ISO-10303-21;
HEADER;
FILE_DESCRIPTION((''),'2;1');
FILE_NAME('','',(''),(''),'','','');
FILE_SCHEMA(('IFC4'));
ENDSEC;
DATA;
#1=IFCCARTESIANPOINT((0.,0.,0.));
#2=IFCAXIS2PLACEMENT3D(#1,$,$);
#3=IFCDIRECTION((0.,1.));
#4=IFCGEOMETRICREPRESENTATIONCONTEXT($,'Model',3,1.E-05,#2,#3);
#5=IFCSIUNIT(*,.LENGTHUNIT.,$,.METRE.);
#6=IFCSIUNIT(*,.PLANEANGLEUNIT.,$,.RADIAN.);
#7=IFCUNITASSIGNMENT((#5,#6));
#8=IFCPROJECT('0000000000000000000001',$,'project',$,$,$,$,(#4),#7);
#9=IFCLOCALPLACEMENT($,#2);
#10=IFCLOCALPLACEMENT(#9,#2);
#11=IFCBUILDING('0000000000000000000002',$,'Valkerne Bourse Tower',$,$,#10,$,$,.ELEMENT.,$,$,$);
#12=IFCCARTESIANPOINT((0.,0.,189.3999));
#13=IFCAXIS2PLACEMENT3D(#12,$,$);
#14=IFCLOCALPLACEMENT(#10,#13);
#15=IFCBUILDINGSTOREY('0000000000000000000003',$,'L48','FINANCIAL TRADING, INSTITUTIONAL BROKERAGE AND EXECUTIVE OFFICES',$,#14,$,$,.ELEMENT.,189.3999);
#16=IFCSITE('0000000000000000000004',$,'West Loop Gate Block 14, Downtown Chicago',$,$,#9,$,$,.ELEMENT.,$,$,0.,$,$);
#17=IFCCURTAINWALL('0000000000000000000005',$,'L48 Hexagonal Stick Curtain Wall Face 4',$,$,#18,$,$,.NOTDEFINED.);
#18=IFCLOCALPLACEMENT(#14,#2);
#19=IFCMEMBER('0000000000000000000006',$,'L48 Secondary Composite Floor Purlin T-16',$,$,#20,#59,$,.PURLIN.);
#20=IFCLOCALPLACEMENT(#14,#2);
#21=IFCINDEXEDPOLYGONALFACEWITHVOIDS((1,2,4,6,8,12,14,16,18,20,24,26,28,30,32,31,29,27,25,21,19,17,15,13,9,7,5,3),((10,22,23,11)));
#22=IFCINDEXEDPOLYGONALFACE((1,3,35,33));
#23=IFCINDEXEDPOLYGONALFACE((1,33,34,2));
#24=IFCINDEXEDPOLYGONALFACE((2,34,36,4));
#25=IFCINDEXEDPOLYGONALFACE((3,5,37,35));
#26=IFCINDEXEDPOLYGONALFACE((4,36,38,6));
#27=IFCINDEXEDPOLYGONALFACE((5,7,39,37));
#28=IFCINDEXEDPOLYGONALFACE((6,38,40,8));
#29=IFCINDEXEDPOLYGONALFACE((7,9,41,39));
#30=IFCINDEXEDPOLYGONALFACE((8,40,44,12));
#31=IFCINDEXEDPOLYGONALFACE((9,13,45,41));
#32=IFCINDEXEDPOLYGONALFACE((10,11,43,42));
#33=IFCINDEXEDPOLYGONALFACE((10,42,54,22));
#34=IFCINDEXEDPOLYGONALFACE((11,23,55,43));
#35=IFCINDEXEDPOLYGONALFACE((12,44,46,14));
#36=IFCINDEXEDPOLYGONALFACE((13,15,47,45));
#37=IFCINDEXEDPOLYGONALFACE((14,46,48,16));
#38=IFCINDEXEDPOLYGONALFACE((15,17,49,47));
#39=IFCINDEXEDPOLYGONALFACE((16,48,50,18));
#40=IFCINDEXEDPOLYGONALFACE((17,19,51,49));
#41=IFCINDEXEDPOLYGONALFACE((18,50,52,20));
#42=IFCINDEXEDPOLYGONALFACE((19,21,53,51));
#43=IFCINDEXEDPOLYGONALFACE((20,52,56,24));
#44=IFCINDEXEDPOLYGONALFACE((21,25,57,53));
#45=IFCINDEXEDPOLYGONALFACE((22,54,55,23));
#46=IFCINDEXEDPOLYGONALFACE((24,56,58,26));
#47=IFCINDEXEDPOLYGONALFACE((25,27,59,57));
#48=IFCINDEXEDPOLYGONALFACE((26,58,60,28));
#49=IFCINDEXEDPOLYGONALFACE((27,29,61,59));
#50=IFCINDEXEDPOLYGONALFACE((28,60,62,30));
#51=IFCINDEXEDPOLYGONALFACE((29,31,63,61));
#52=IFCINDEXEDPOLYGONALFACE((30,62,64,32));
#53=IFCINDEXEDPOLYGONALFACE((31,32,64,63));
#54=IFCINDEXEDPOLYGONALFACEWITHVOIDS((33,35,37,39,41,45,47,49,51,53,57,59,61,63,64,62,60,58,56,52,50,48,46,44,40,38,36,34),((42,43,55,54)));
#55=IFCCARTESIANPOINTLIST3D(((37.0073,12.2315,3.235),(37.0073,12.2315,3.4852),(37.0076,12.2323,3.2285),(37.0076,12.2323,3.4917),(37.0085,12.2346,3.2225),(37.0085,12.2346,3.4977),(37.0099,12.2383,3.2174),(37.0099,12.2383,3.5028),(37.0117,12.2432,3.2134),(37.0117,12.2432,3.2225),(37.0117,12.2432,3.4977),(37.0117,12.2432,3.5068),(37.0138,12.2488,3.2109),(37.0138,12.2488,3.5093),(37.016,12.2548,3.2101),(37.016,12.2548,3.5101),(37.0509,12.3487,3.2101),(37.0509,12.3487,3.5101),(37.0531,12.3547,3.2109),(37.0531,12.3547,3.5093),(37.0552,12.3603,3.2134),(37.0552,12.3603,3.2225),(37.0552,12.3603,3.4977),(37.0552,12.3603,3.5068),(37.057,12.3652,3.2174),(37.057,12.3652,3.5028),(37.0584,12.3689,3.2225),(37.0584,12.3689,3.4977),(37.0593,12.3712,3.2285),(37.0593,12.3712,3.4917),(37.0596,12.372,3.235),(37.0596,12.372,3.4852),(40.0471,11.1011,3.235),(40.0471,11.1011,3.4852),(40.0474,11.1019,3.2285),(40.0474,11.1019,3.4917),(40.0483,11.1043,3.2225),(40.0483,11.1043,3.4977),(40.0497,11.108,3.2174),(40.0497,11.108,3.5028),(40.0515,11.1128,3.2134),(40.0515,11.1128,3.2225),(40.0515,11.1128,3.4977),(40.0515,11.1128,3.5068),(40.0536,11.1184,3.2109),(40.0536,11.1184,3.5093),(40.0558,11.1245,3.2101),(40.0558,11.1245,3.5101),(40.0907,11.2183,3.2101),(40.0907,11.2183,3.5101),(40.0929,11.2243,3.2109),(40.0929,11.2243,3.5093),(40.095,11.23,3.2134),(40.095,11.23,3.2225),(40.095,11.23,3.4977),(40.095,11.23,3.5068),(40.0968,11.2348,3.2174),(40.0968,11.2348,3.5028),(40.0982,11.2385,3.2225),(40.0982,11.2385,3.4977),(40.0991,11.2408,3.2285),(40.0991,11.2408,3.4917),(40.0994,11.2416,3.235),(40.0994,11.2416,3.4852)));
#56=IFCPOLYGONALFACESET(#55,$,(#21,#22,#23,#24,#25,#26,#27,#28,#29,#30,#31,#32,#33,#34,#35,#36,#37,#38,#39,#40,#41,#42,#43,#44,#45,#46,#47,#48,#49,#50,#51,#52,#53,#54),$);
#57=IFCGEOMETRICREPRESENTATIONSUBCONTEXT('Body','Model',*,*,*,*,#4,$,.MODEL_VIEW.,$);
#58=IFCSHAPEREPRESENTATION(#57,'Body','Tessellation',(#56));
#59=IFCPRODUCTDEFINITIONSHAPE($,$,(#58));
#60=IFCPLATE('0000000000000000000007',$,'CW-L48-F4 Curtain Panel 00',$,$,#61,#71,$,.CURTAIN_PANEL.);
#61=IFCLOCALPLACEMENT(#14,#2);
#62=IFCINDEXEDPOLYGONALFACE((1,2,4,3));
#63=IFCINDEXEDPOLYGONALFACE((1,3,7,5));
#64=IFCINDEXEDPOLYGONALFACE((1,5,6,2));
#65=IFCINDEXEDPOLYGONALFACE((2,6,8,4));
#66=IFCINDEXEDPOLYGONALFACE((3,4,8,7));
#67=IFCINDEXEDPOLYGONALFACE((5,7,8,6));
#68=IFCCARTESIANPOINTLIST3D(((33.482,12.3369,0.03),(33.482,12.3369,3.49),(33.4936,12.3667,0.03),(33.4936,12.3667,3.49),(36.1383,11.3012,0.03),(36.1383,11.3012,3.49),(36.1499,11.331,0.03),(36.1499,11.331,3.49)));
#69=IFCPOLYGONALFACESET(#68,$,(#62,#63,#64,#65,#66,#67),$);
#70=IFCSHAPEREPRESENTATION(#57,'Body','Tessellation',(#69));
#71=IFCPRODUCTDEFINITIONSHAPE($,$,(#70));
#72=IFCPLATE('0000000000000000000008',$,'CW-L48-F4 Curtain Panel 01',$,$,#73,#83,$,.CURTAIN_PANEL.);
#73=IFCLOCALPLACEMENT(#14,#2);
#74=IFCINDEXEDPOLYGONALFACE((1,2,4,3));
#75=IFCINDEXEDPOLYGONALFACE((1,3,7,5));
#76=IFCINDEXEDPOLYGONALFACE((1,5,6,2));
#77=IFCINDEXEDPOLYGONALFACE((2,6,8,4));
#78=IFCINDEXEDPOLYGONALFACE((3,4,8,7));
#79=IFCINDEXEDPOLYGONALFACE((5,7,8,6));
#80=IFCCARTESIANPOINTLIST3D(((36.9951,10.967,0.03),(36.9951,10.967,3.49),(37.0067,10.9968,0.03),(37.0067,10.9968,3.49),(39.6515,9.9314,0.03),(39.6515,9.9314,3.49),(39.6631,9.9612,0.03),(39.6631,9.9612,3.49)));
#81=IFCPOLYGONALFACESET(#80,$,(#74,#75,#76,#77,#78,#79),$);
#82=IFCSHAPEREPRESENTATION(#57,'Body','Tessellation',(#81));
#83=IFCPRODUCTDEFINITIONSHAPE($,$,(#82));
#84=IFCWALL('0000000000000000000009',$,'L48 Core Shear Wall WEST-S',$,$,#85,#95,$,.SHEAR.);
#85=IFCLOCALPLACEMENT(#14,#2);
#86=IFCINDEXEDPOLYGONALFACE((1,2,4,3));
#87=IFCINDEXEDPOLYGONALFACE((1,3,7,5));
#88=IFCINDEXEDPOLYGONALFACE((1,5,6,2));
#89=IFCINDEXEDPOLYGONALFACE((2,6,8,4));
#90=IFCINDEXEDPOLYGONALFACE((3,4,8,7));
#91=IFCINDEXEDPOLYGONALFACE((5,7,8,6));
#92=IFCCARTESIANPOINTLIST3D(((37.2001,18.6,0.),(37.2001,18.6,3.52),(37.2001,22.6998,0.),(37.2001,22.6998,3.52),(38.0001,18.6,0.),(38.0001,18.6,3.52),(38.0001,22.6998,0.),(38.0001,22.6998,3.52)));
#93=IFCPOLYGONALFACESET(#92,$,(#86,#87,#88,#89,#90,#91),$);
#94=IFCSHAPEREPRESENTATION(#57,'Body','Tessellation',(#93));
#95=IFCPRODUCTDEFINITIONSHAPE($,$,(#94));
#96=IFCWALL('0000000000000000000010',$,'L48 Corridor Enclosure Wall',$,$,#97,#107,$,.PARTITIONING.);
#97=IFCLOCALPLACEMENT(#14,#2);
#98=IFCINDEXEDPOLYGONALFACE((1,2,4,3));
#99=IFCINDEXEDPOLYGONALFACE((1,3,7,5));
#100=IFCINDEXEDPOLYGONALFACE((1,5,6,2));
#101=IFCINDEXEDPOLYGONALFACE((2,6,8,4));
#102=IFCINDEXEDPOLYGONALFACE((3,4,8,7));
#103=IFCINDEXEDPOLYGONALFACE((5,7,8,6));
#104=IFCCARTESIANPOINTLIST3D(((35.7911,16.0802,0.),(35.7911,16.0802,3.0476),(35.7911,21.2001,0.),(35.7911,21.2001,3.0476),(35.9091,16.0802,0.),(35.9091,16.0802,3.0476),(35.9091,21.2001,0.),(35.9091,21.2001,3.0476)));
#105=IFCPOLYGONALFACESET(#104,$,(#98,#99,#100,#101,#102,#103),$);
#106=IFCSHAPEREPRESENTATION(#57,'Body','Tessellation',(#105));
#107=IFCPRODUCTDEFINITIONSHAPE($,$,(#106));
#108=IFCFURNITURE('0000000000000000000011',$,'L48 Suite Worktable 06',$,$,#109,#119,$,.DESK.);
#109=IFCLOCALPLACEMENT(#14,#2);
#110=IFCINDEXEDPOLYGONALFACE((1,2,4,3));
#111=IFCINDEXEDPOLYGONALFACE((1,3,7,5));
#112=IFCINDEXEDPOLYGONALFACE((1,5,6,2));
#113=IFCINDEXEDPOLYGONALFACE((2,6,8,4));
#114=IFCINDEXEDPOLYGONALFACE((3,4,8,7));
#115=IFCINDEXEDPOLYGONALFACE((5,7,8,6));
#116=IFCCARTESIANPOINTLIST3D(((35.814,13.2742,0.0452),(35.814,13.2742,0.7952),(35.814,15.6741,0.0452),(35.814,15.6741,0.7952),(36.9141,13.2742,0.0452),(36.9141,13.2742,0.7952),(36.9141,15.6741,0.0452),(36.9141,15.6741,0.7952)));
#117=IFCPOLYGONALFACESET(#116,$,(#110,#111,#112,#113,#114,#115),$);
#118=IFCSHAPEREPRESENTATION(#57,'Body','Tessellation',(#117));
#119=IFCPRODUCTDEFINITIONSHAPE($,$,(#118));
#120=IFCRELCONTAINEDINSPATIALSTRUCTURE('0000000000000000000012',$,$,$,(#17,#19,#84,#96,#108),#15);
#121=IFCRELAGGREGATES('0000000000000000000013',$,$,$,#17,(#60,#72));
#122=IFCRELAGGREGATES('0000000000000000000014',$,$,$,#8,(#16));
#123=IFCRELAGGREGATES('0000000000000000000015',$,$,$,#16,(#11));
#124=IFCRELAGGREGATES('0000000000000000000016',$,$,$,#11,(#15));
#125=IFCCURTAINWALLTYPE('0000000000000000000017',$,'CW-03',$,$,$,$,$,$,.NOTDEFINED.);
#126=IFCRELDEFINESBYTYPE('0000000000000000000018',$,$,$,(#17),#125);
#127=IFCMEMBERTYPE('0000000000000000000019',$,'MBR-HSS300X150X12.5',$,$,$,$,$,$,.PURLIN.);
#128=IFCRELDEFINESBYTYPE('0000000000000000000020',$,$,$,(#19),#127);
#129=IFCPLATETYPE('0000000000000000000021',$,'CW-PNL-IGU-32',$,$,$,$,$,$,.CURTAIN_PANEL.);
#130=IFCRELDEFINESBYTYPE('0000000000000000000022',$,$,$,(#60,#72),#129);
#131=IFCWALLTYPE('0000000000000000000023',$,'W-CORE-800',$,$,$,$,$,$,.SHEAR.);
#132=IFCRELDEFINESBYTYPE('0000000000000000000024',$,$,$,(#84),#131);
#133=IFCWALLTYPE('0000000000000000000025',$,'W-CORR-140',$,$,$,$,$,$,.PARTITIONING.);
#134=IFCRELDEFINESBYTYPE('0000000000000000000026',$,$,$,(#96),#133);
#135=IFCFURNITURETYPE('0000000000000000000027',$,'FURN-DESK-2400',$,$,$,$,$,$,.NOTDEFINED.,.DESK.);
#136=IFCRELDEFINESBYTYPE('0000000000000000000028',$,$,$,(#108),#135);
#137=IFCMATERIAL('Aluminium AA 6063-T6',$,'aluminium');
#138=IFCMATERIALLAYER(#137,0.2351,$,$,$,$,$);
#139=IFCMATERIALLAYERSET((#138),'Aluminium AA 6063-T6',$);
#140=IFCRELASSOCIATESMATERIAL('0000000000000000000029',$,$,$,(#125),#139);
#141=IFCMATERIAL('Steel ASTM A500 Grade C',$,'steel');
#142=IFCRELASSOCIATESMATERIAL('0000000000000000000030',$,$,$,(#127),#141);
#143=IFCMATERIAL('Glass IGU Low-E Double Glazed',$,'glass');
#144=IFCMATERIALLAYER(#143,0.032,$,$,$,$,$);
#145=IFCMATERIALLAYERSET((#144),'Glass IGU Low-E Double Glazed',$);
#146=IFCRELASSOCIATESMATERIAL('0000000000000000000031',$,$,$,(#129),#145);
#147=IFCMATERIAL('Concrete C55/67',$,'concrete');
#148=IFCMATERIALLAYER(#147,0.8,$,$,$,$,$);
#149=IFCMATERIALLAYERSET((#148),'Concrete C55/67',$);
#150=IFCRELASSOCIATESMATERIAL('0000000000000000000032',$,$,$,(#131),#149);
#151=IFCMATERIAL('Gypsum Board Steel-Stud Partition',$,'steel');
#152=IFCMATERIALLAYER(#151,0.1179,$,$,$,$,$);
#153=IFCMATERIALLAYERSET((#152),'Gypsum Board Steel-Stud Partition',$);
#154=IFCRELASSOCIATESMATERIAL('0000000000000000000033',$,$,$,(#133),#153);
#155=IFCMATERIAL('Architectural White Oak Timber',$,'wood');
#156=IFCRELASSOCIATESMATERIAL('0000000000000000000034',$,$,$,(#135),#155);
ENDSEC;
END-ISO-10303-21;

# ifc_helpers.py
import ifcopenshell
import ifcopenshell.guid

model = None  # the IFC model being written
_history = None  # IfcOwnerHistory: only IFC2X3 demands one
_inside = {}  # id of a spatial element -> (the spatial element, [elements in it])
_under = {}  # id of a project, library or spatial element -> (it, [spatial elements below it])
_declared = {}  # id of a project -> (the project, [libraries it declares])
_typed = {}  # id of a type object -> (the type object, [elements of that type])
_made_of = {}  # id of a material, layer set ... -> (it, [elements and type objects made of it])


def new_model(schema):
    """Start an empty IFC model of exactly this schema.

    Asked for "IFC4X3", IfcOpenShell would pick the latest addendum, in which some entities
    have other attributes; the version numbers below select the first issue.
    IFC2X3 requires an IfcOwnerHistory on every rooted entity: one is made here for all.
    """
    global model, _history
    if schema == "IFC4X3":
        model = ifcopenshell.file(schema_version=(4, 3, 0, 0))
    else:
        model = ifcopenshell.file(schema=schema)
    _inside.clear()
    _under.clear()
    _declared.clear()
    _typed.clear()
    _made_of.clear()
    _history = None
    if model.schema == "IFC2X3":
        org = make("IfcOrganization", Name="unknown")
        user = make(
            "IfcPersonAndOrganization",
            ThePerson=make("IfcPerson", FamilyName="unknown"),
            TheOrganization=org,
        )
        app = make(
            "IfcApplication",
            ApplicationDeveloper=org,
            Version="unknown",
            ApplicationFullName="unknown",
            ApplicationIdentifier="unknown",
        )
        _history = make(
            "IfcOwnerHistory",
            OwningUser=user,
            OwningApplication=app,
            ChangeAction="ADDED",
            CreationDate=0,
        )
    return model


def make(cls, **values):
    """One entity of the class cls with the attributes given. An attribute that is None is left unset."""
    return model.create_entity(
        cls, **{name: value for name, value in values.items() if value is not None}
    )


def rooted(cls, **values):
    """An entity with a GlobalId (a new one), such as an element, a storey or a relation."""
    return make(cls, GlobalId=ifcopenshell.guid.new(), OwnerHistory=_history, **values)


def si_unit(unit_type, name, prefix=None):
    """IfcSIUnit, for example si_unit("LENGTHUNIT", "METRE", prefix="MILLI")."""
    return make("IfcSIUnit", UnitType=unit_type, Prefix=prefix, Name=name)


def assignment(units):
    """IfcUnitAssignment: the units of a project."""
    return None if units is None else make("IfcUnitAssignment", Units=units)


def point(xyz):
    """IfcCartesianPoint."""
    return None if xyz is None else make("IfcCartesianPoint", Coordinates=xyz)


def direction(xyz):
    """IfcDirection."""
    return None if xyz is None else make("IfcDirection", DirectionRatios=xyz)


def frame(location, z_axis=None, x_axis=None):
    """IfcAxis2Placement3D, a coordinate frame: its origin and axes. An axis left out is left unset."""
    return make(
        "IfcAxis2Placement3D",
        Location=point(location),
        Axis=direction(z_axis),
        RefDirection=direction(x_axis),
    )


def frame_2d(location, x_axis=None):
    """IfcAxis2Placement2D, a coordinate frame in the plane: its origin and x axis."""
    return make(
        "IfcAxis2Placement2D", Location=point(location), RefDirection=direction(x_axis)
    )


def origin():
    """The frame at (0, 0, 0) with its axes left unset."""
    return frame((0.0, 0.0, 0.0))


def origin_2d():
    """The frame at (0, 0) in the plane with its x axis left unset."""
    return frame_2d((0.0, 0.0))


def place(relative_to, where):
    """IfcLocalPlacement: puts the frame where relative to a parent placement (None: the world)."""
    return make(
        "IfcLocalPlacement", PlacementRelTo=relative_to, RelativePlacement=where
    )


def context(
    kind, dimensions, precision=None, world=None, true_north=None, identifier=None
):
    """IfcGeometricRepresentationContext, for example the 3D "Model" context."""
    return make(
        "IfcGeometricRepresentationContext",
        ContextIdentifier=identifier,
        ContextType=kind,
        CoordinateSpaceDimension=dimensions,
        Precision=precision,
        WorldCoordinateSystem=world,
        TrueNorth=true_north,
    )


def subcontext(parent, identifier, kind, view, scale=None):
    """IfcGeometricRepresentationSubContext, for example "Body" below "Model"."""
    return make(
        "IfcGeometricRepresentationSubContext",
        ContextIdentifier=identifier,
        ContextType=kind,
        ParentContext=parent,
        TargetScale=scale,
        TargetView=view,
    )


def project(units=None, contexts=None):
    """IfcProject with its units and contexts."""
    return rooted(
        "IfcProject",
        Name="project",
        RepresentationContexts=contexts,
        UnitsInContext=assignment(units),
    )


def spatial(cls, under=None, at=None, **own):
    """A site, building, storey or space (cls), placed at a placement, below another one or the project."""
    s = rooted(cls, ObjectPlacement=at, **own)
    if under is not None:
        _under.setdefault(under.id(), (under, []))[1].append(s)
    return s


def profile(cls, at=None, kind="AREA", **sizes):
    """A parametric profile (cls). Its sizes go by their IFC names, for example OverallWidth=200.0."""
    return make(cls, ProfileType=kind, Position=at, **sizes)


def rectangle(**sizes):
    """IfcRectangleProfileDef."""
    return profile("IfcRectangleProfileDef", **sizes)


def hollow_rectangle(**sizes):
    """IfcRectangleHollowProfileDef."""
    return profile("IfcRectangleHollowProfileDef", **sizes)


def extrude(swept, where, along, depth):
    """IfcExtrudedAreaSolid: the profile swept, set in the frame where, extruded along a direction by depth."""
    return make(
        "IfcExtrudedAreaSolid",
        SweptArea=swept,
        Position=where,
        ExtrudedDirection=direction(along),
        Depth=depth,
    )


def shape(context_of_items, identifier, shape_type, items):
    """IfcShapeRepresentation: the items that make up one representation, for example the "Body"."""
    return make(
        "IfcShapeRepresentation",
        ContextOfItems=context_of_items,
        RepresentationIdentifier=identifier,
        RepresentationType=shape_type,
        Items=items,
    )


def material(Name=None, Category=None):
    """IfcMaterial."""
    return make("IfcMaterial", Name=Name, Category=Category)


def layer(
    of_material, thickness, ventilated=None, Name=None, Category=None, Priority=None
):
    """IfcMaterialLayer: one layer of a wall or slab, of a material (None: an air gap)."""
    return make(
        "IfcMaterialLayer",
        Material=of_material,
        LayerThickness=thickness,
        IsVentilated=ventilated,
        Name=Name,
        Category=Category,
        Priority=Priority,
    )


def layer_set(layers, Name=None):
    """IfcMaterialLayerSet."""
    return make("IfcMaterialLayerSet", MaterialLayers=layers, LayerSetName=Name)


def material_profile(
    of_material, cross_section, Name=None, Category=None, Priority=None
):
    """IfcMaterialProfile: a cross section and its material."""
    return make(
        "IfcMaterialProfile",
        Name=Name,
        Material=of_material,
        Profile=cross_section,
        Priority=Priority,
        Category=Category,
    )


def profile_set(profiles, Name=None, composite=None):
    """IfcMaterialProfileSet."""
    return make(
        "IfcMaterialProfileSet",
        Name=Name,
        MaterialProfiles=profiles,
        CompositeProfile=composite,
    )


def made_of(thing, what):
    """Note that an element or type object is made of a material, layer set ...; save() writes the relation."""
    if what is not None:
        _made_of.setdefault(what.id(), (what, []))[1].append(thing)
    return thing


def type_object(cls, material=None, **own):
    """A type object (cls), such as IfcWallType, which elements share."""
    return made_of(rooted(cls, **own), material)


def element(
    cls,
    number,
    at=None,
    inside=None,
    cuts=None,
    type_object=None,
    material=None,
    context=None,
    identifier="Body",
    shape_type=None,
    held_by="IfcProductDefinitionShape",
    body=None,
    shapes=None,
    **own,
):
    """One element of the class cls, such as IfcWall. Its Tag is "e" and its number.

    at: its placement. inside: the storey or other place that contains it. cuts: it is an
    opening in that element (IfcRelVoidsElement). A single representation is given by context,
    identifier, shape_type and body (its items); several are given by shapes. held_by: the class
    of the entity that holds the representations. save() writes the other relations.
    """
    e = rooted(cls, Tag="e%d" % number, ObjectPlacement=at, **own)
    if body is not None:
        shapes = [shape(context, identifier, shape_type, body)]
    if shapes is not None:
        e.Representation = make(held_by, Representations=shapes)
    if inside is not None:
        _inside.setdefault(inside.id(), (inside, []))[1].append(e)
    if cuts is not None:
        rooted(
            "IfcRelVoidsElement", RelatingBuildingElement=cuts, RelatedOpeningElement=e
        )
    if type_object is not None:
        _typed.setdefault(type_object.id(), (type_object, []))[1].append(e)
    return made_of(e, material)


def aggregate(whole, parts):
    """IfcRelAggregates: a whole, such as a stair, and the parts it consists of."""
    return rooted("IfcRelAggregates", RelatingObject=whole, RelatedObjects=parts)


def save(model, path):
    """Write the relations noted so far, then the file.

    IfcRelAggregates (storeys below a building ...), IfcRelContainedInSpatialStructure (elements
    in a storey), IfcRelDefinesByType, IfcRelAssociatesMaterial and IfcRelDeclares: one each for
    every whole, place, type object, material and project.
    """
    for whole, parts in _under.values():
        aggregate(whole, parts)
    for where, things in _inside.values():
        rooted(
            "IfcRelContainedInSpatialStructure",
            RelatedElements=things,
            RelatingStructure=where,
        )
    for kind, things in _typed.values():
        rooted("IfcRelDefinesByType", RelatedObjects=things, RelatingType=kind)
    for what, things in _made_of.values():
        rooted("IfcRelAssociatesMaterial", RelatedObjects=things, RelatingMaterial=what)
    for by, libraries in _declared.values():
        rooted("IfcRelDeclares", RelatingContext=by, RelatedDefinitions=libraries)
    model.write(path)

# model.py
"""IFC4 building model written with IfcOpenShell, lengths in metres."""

from ifc_helpers import new_model, si_unit, direction, frame, frame_2d, origin, origin_2d, place, context, subcontext, project, spatial, rectangle, hollow_rectangle, extrude, material, layer, layer_set, material_profile, profile_set, type_object, element, aggregate, save


model = new_model("IFC4")

# Units and contexts
model_context = context("Model", 3, precision=1e-05, world=origin(), true_north=direction((0.0, 1.0)))
body_context = subcontext(model_context, "Body", "Model", "MODEL_VIEW")
ifc_project = project(units=[si_unit("LENGTHUNIT", "METRE"), si_unit("PLANEANGLEUNIT", "RADIAN")], contexts=[model_context])

# Site, building, storey
site_placement = place(None, origin())
site = spatial("IfcSite", under=ifc_project, at=site_placement, Name="West Loop Gate Block 14, Downtown Chicago", CompositionType="ELEMENT", RefElevation=0.0)
building_placement = place(site_placement, origin())
building = spatial("IfcBuilding", under=site, at=building_placement, Name="Valkerne Bourse Tower", CompositionType="ELEMENT")
storey_placement = place(building_placement, frame((0.0, 0.0, 189.3999)))
storey = spatial("IfcBuildingStorey", under=building, at=storey_placement, Name="L48", Description="FINANCIAL TRADING, INSTITUTIONAL BROKERAGE AND EXECUTIVE OFFICES", CompositionType="ELEMENT", Elevation=189.3999)

# Curtain wall
ifc_material_1 = material(Name="Aluminium AA 6063-T6", Category="aluminium")
ifc_layer_1 = layer(ifc_material_1, 0.2351)
ifc_layer_set_1 = layer_set([ifc_layer_1], Name="Aluminium AA 6063-T6")
curtain_wall_type = type_object("IfcCurtainWallType", Name="CW-03", PredefinedType="NOTDEFINED", material=ifc_layer_set_1)
curtain_wall_placement = place(storey_placement, origin())
curtain_wall = element("IfcCurtainWall", 1, at=curtain_wall_placement, inside=storey, type_object=curtain_wall_type, Name="L48 Hexagonal Stick Curtain Wall Face 4", PredefinedType="NOTDEFINED")

# Member
ifc_material_2 = material(Name="Steel ASTM A500 Grade C", Category="steel")
ifc_material_profile_1 = material_profile(ifc_material_2, hollow_rectangle(XDim=0.1499, YDim=0.3, WallThickness=0.0125, OuterFilletRadius=0.0249, at=origin_2d()), Name="HSS300X150X12.5")
ifc_profile_set_1 = profile_set([ifc_material_profile_1], Name="Steel ASTM A500 Grade C")
member_type_1 = type_object("IfcMemberType", Name="MBR-HSS300X150X12.5", PredefinedType="PURLIN", material=ifc_profile_set_1)
member_1_placement = place(storey_placement, frame((37.0334, 12.3018, 3.3601), z_axis=(0.937294, -0.34854, 0.0), x_axis=(0.34854, 0.937294, 0.0)))
element("IfcMember", 2, at=member_1_placement, inside=storey, type_object=member_type_1, Name="L48 Secondary Composite Floor Purlin T-16", PredefinedType="PURLIN", context=body_context, shape_type="SweptSolid", body=[
    extrude(hollow_rectangle(XDim=0.1499, YDim=0.3, WallThickness=0.0125, OuterFilletRadius=0.0249, at=origin_2d()), origin(), (0.0, 0.0, 1.0), 3.2432),
])

# Plates
ifc_material_3 = material(Name="Glass IGU Low-E Double Glazed", Category="glass")
ifc_layer_2 = layer(ifc_material_3, 0.032)
ifc_layer_set_2 = layer_set([ifc_layer_2], Name="Glass IGU Low-E Double Glazed")
plate_type = type_object("IfcPlateType", Name="CW-PNL-IGU-32", PredefinedType="CURTAIN_PANEL", material=ifc_layer_set_2)
plate_1_placement = place(storey_placement, frame((34.8159, 11.834, 0.03), z_axis=(0.0, 0.0, 1.0), x_axis=(0.931684, -0.36327, 0.0)))
plate_1 = element("IfcPlate", 3, at=plate_1_placement, type_object=plate_type, Name="CW-L48-F4 Curtain Panel 00", PredefinedType="CURTAIN_PANEL", context=body_context, shape_type="SweptSolid", body=[
    extrude(rectangle(XDim=2.8511, YDim=0.032, at=origin_2d()), origin(), (0.0, 0.0, 1.0), 3.46),
])
plate_2_placement = place(storey_placement, frame((38.3291, 10.4641, 0.03), z_axis=(0.0, 0.0, 1.0), x_axis=(0.931693, -0.363247, 0.0)))
plate_2 = element("IfcPlate", 4, at=plate_2_placement, type_object=plate_type, Name="CW-L48-F4 Curtain Panel 01", PredefinedType="CURTAIN_PANEL", context=body_context, shape_type="SweptSolid", body=[
    extrude(rectangle(XDim=2.8511, YDim=0.032, at=origin_2d()), origin(), (0.0, 0.0, 1.0), 3.46),
])
aggregate(curtain_wall, [plate_1, plate_2])

# Shared definitions
ifc_material_4 = material(Name="Concrete C55/67", Category="concrete")
ifc_layer_3 = layer(ifc_material_4, 0.8)
ifc_layer_set_3 = layer_set([ifc_layer_3], Name="Concrete C55/67")
wall_type_1 = type_object("IfcWallType", Name="W-CORE-800", PredefinedType="SHEAR", material=ifc_layer_set_3)

# Walls
wall_1_placement = place(storey_placement, frame((37.6001, 18.6001, 0.0), z_axis=(0.0, 0.0, 1.0), x_axis=(0.0, 1.0, 0.0)))
element("IfcWall", 5, at=wall_1_placement, inside=storey, type_object=wall_type_1, Name="L48 Core Shear Wall WEST-S", PredefinedType="SHEAR", context=body_context, shape_type="SweptSolid", body=[
    extrude(rectangle(XDim=4.0999, YDim=0.8, at=frame_2d((2.0498, 0.0))), origin(), (0.0, 0.0, 1.0), 3.52),
])
ifc_material_5 = material(Name="Gypsum Board Steel-Stud Partition", Category="steel")
ifc_layer_4 = layer(ifc_material_5, 0.1179)
ifc_layer_set_4 = layer_set([ifc_layer_4], Name="Gypsum Board Steel-Stud Partition")
wall_type_2 = type_object("IfcWallType", Name="W-CORR-140", PredefinedType="PARTITIONING", material=ifc_layer_set_4)
wall_2_placement = place(storey_placement, frame((35.8501, 16.0801, 0.0), z_axis=(0.0, 0.0, 1.0), x_axis=(0.0, 1.0, 0.0)))
element("IfcWall", 6, at=wall_2_placement, inside=storey, type_object=wall_type_2, Name="L48 Corridor Enclosure Wall", PredefinedType="PARTITIONING", context=body_context, shape_type="SweptSolid", body=[
    extrude(rectangle(XDim=5.1199, YDim=0.1179, at=frame_2d((2.5601, 0.0))), origin(), (0.0, 0.0, 1.0), 3.0476),
])

# Furniture
ifc_material_6 = material(Name="Architectural White Oak Timber", Category="wood")
furniture_type = type_object("IfcFurnitureType", Name="FURN-DESK-2400", AssemblyPlace="NOTDEFINED", PredefinedType="DESK", material=ifc_material_6)
furniture_placement = place(storey_placement, frame((36.364, 14.4741, 0.0452), z_axis=(0.0, 0.0, 1.0), x_axis=(0.0, 1.0, 0.0)))
element("IfcFurniture", 7, at=furniture_placement, inside=storey, type_object=furniture_type, Name="L48 Suite Worktable 06", PredefinedType="DESK", context=body_context, shape_type="SweptSolid", body=[
    extrude(rectangle(XDim=2.3999, YDim=1.1001, at=origin_2d()), origin(), (0.0, 0.0, 1.0), 0.75),
])

save(model, "model.ifc")
